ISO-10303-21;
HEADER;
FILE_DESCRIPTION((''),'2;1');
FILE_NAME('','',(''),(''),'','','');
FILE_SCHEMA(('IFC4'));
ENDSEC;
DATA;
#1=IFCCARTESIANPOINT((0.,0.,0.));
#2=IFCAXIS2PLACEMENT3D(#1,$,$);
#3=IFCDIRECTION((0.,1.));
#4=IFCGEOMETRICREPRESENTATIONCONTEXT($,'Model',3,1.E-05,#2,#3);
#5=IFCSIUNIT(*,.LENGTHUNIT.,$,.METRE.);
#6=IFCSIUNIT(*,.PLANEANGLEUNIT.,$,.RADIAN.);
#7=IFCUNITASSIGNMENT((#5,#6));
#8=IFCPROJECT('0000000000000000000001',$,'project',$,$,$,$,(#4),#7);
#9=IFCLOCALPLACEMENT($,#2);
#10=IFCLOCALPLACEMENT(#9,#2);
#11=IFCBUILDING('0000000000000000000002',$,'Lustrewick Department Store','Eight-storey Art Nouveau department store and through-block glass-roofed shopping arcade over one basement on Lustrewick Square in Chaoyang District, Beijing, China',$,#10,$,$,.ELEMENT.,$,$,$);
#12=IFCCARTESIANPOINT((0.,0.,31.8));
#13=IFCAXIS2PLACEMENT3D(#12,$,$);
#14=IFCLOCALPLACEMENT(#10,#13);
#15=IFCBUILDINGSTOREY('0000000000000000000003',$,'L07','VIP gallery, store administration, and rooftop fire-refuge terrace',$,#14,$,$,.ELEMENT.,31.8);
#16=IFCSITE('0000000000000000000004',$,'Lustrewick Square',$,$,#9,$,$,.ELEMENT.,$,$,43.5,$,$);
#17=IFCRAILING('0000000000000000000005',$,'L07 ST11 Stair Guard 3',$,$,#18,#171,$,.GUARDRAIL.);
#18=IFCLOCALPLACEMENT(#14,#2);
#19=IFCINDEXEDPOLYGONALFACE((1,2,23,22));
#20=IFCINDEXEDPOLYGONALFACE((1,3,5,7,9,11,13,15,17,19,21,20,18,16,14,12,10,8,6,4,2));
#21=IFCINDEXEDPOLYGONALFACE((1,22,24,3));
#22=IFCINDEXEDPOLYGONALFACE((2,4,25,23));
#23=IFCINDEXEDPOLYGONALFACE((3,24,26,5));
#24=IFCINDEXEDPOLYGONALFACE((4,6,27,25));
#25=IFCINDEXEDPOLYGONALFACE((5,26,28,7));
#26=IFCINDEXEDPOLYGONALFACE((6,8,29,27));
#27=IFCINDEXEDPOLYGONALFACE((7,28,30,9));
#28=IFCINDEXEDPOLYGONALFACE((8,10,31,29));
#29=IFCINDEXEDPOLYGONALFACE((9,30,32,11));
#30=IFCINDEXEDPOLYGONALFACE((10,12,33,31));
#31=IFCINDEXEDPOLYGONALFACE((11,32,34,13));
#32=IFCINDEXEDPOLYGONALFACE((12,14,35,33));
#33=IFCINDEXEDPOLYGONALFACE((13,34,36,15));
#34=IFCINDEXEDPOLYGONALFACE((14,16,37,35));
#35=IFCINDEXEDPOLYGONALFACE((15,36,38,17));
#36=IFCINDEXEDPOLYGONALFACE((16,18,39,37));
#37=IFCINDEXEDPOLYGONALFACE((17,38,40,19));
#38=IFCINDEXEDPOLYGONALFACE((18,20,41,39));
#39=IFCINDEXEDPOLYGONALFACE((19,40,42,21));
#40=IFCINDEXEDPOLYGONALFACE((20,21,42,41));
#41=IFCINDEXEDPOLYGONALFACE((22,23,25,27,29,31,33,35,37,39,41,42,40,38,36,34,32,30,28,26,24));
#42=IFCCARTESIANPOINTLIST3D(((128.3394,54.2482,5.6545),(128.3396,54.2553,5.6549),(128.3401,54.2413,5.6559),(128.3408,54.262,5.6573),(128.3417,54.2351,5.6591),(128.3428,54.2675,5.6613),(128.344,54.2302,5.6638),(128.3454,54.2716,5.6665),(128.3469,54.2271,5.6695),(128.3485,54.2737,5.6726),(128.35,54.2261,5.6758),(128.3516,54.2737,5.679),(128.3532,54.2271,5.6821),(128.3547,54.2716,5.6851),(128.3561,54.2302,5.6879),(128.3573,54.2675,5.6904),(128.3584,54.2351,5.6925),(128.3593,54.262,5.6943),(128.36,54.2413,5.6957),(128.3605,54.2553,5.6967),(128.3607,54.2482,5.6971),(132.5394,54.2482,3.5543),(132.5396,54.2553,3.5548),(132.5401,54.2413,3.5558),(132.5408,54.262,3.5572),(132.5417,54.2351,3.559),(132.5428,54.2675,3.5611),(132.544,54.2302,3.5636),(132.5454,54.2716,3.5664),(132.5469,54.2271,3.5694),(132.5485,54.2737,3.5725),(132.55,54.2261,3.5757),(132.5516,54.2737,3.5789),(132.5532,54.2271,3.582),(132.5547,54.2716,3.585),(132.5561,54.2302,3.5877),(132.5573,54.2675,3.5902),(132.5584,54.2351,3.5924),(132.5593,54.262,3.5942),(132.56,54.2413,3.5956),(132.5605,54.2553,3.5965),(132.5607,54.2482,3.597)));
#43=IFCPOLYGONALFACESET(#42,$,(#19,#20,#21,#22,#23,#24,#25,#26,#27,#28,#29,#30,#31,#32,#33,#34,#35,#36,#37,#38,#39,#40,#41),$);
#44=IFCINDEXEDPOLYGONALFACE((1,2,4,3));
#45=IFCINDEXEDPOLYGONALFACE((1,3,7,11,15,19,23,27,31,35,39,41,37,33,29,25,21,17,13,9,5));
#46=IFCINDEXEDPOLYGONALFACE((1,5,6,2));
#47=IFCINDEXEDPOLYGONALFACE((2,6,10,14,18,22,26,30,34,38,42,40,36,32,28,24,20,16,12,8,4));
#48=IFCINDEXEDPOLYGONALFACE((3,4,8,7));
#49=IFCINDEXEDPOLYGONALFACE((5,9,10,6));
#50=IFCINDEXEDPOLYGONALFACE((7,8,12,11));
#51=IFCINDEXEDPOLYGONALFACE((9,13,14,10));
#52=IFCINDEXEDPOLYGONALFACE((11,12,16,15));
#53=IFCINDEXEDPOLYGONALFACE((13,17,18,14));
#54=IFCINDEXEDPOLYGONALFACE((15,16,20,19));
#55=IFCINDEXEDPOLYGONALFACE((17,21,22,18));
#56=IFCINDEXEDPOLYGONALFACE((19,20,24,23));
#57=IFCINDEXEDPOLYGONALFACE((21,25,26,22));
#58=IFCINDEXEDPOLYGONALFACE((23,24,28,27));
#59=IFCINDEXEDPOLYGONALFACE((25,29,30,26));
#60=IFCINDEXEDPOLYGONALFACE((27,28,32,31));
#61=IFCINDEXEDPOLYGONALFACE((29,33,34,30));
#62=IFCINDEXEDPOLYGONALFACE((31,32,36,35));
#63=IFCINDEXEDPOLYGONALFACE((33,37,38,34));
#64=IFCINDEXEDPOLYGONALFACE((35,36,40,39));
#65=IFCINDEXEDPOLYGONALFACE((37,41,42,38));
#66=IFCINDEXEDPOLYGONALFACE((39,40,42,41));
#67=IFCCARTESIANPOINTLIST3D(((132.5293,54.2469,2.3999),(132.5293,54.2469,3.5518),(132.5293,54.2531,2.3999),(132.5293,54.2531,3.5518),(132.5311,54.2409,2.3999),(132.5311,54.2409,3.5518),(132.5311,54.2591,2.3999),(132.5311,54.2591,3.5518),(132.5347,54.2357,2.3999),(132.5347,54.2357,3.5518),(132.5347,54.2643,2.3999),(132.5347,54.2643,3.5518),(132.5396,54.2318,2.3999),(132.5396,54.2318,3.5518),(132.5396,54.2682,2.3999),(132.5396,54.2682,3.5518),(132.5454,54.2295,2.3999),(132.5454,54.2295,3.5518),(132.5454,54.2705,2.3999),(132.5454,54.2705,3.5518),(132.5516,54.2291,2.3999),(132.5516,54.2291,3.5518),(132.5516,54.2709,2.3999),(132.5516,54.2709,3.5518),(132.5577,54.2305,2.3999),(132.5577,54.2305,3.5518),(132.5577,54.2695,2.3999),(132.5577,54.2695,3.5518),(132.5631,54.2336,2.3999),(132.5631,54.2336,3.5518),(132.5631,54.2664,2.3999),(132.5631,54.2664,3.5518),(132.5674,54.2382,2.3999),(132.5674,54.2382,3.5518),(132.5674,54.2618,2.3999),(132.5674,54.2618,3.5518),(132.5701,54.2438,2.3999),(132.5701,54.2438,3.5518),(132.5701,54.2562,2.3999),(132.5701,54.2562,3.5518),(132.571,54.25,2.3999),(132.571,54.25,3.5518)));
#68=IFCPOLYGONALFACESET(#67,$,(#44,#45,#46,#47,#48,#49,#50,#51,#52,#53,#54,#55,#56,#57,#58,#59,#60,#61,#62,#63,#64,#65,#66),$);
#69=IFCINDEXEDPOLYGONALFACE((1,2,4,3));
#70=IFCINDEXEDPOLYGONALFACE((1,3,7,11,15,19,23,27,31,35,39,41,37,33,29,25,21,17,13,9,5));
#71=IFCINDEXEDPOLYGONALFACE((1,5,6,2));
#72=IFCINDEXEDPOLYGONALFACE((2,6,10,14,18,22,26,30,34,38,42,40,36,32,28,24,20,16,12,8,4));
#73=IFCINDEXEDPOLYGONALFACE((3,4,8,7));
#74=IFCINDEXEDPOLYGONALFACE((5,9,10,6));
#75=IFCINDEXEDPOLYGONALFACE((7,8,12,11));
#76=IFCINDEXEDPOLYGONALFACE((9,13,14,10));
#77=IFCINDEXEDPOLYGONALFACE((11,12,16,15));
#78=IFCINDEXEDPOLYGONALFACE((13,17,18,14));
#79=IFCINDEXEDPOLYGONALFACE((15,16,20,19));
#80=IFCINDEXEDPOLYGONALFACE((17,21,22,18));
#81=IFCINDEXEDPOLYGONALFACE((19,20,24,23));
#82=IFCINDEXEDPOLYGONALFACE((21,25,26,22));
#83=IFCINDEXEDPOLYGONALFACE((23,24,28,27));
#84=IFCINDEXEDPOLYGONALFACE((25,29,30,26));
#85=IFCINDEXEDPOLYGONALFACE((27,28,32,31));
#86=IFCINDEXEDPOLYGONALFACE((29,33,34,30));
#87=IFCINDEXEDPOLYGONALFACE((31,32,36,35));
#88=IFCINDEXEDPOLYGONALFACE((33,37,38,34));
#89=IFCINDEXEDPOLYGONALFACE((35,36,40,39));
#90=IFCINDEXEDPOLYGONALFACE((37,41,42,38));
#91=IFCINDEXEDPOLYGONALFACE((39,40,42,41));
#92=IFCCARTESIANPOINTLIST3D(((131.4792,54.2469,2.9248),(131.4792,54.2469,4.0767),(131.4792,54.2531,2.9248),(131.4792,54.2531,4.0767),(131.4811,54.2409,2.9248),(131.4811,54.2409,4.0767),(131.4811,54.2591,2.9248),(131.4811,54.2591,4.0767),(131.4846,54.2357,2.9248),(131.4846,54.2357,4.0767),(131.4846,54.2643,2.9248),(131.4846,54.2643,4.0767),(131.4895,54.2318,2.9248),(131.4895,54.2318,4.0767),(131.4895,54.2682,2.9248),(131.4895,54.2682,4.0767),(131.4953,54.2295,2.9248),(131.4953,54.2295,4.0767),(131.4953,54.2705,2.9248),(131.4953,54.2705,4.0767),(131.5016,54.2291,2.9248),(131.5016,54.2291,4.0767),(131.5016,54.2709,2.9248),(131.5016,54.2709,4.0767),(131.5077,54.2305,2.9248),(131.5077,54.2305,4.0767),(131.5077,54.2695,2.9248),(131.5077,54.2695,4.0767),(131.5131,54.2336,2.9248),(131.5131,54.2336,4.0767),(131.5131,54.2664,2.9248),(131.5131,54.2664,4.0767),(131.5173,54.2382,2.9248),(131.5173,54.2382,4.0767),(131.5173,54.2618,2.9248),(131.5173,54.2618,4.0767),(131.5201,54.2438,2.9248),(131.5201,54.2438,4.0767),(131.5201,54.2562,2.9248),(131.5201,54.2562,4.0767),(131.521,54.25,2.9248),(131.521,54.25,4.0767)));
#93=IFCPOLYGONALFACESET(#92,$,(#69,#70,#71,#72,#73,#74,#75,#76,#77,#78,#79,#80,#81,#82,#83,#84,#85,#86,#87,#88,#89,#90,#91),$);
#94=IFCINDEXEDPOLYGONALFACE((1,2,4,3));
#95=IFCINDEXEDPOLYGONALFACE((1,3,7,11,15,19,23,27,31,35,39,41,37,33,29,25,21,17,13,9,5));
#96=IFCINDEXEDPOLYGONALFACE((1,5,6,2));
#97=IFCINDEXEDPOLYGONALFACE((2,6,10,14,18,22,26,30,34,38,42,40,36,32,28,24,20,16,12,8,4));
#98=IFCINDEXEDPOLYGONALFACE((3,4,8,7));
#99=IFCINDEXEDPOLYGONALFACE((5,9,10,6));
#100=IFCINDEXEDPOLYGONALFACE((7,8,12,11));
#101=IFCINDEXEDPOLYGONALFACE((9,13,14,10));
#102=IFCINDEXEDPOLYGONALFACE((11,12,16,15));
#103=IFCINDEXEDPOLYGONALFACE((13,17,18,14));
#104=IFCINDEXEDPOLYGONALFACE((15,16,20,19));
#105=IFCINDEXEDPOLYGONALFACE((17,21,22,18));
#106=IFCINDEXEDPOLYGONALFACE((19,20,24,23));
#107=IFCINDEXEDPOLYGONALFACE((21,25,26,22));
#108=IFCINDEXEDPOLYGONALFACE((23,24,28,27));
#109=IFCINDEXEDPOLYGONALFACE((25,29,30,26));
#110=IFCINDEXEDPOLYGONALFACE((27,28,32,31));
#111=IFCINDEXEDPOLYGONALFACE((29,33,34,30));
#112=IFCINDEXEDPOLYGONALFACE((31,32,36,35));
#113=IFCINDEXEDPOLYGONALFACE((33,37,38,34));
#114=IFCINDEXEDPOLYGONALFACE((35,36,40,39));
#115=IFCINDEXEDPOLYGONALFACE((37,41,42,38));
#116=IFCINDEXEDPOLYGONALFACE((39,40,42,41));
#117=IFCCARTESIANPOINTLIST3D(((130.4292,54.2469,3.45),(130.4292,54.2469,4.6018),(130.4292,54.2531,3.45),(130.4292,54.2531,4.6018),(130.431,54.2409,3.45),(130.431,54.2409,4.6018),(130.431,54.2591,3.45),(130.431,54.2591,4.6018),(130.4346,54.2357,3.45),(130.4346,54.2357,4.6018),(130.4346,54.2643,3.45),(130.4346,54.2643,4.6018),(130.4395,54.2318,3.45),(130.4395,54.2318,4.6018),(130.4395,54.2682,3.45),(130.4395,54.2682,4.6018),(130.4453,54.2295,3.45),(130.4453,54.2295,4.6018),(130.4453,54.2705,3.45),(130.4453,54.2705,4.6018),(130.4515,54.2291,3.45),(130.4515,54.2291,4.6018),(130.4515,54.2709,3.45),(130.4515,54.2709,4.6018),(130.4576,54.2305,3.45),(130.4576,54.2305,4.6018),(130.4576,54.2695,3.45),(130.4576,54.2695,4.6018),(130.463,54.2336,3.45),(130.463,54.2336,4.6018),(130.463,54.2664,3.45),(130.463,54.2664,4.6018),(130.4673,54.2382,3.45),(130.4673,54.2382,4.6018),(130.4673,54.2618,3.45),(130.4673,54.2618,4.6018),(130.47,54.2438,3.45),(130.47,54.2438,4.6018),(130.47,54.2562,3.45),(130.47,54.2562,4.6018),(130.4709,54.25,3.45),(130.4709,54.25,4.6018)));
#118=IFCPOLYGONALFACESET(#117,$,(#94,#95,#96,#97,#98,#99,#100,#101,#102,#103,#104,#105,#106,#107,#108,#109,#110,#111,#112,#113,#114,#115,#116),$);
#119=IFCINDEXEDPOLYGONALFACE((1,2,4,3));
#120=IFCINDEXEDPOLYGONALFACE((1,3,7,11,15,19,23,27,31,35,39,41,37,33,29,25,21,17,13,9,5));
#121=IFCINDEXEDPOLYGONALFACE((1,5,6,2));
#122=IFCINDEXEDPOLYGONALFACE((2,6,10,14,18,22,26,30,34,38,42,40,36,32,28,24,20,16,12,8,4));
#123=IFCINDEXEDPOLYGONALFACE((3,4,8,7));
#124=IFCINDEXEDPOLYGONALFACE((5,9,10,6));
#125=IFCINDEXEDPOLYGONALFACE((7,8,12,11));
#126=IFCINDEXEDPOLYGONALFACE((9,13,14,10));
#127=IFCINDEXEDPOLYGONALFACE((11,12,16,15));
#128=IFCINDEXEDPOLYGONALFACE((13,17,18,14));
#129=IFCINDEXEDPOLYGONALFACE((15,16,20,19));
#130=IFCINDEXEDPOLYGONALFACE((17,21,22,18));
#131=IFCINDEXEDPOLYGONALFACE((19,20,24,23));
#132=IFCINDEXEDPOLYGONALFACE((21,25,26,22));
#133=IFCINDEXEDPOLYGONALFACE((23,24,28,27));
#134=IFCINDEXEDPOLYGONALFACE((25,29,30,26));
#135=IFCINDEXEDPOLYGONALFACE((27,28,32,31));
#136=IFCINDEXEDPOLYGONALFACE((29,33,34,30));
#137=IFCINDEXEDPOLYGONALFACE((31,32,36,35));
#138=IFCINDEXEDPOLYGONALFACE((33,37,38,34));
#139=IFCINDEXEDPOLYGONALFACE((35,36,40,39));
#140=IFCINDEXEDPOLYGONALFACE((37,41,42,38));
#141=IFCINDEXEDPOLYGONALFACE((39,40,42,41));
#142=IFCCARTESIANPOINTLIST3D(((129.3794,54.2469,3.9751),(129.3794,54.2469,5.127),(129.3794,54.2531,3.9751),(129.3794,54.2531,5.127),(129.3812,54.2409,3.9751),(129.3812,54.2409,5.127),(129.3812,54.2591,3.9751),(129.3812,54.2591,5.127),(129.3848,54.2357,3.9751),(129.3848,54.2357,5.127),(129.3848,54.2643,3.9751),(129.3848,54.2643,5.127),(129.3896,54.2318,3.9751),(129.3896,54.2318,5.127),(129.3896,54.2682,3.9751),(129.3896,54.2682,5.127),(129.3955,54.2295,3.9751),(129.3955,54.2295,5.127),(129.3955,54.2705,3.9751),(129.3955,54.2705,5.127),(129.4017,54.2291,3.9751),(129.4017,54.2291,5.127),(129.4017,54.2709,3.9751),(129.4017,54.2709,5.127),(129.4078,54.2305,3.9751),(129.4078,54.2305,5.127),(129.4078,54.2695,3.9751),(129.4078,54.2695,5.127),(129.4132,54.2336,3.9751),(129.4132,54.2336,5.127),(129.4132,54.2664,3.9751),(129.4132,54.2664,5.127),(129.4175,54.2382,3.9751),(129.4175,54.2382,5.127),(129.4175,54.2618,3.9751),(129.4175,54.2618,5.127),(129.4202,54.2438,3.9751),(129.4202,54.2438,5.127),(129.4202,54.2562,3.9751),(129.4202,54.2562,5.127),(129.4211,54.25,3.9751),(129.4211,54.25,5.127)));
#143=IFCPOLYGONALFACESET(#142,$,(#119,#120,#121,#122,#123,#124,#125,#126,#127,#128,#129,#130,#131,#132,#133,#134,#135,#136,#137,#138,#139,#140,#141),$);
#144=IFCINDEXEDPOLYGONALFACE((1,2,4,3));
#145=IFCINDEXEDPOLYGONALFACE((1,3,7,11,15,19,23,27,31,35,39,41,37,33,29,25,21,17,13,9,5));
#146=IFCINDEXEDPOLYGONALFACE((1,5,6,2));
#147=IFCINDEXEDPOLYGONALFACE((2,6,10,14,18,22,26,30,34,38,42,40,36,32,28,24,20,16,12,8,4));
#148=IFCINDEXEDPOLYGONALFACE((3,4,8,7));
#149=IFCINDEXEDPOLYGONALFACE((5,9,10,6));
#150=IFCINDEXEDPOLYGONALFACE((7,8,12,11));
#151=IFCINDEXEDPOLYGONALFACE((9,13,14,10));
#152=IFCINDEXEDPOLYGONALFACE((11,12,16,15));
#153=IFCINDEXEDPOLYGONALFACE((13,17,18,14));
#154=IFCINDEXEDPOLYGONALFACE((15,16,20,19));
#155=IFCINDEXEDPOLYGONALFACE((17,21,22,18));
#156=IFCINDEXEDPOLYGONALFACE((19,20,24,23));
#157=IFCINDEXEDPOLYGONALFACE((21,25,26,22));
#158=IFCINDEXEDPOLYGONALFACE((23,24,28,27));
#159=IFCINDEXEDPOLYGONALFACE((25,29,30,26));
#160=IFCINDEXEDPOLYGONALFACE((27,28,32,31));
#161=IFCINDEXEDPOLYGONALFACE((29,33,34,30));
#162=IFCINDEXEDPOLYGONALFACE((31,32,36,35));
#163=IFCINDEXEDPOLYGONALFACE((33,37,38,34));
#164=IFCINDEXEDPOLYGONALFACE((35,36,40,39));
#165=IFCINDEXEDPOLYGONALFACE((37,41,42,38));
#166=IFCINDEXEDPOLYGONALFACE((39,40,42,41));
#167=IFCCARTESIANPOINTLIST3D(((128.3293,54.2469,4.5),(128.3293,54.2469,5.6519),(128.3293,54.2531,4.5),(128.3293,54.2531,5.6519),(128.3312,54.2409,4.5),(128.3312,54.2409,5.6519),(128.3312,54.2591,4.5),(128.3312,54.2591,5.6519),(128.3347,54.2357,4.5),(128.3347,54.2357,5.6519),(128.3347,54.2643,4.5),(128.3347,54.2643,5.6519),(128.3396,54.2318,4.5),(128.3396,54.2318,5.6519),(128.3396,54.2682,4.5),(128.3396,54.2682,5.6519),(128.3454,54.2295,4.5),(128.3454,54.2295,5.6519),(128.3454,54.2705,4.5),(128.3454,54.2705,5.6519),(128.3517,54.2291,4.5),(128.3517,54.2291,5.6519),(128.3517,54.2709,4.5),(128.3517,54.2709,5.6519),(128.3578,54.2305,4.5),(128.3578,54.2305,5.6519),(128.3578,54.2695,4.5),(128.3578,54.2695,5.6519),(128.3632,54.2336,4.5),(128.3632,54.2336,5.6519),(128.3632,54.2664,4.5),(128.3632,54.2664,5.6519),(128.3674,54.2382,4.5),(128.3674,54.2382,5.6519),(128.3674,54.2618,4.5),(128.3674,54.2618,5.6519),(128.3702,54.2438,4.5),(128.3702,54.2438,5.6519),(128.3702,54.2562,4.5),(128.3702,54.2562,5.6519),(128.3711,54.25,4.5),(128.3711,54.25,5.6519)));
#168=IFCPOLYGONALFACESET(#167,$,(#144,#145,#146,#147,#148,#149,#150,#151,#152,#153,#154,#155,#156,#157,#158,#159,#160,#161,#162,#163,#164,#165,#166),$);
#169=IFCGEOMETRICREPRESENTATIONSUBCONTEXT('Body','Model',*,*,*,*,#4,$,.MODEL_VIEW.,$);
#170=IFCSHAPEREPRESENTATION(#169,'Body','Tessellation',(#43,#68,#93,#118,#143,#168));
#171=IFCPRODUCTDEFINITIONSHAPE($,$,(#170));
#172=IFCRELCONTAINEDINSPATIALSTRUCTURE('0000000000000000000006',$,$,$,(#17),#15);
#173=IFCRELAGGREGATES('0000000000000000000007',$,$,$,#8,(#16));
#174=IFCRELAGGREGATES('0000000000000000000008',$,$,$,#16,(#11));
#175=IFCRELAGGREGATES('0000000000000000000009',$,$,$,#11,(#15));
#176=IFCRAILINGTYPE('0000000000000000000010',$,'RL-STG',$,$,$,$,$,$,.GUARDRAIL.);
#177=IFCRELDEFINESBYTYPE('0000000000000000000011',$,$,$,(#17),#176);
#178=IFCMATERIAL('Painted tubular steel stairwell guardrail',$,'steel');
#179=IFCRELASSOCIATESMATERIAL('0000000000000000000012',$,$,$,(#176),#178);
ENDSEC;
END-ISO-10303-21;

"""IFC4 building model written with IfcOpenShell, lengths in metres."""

from ifc_helpers import new_model, si_unit, direction, frame, origin, origin_2d, place, context, subcontext, project, spatial, circle, extrude, material, type_object, element, save


model = new_model("IFC4")

# Units and contexts
model_context = context("Model", 3, precision=1e-05, world=origin(), true_north=direction((0.0, 1.0)))
body_context = subcontext(model_context, "Body", "Model", "MODEL_VIEW")
ifc_project = project(units=[si_unit("LENGTHUNIT", "METRE"), si_unit("PLANEANGLEUNIT", "RADIAN")], contexts=[model_context])

# Site, building, storey
site_placement = place(None, origin())
site = spatial("IfcSite", under=ifc_project, at=site_placement, Name="Lustrewick Square", CompositionType="ELEMENT", RefElevation=43.5)
building_placement = place(site_placement, origin())
building = spatial("IfcBuilding", under=site, at=building_placement, Name="Lustrewick Department Store", Description="Eight-storey Art Nouveau department store and through-block glass-roofed shopping arcade over one basement on Lustrewick Square in Chaoyang District, Beijing, China", CompositionType="ELEMENT")
storey_placement = place(building_placement, frame((0.0, 0.0, 31.8)))
storey = spatial("IfcBuildingStorey", under=building, at=storey_placement, Name="L07", Description="VIP gallery, store administration, and rooftop fire-refuge terrace", CompositionType="ELEMENT", Elevation=31.8)

# Railing
ifc_material_1 = material(Name="Painted tubular steel stairwell guardrail", Category="steel")
railing_type_1 = type_object("IfcRailingType", Name="RL-STG", PredefinedType="GUARDRAIL", material=ifc_material_1)
railing_1_placement = place(storey_placement, frame((132.55, 54.25, 2.3999)))
element("IfcRailing", 1, at=railing_1_placement, inside=storey, type_object=railing_type_1, Name="L07 ST11 Stair Guard 3", PredefinedType="GUARDRAIL", context=body_context, shape_type="SweptSolid", body=[
    extrude(circle(Radius=0.0239, at=origin_2d()), frame((0.0, 0.0, 1.1758), z_axis=(-0.894417, 0.0, 0.447234), x_axis=(0.0, -1.0, 0.0)), (0.0, 0.0, 1.0), 4.6958),
    extrude(circle(Radius=0.021, at=origin_2d()), origin(), (0.0, 0.0, 1.0), 1.1519),
    extrude(circle(Radius=0.021, at=origin_2d()), frame((-1.05, 0.0, 0.5249)), (0.0, 0.0, 1.0), 1.1519),
    extrude(circle(Radius=0.021, at=origin_2d()), frame((-2.1001, 0.0, 1.05)), (0.0, 0.0, 1.0), 1.1519),
    extrude(circle(Radius=0.021, at=origin_2d()), frame((-3.1499, 0.0, 1.5752)), (0.0, 0.0, 1.0), 1.1519),
    extrude(circle(Radius=0.021, at=origin_2d()), frame((-4.2, 0.0, 2.1001)), (0.0, 0.0, 1.0), 1.1519),
])

save(model, "model.ifc")
